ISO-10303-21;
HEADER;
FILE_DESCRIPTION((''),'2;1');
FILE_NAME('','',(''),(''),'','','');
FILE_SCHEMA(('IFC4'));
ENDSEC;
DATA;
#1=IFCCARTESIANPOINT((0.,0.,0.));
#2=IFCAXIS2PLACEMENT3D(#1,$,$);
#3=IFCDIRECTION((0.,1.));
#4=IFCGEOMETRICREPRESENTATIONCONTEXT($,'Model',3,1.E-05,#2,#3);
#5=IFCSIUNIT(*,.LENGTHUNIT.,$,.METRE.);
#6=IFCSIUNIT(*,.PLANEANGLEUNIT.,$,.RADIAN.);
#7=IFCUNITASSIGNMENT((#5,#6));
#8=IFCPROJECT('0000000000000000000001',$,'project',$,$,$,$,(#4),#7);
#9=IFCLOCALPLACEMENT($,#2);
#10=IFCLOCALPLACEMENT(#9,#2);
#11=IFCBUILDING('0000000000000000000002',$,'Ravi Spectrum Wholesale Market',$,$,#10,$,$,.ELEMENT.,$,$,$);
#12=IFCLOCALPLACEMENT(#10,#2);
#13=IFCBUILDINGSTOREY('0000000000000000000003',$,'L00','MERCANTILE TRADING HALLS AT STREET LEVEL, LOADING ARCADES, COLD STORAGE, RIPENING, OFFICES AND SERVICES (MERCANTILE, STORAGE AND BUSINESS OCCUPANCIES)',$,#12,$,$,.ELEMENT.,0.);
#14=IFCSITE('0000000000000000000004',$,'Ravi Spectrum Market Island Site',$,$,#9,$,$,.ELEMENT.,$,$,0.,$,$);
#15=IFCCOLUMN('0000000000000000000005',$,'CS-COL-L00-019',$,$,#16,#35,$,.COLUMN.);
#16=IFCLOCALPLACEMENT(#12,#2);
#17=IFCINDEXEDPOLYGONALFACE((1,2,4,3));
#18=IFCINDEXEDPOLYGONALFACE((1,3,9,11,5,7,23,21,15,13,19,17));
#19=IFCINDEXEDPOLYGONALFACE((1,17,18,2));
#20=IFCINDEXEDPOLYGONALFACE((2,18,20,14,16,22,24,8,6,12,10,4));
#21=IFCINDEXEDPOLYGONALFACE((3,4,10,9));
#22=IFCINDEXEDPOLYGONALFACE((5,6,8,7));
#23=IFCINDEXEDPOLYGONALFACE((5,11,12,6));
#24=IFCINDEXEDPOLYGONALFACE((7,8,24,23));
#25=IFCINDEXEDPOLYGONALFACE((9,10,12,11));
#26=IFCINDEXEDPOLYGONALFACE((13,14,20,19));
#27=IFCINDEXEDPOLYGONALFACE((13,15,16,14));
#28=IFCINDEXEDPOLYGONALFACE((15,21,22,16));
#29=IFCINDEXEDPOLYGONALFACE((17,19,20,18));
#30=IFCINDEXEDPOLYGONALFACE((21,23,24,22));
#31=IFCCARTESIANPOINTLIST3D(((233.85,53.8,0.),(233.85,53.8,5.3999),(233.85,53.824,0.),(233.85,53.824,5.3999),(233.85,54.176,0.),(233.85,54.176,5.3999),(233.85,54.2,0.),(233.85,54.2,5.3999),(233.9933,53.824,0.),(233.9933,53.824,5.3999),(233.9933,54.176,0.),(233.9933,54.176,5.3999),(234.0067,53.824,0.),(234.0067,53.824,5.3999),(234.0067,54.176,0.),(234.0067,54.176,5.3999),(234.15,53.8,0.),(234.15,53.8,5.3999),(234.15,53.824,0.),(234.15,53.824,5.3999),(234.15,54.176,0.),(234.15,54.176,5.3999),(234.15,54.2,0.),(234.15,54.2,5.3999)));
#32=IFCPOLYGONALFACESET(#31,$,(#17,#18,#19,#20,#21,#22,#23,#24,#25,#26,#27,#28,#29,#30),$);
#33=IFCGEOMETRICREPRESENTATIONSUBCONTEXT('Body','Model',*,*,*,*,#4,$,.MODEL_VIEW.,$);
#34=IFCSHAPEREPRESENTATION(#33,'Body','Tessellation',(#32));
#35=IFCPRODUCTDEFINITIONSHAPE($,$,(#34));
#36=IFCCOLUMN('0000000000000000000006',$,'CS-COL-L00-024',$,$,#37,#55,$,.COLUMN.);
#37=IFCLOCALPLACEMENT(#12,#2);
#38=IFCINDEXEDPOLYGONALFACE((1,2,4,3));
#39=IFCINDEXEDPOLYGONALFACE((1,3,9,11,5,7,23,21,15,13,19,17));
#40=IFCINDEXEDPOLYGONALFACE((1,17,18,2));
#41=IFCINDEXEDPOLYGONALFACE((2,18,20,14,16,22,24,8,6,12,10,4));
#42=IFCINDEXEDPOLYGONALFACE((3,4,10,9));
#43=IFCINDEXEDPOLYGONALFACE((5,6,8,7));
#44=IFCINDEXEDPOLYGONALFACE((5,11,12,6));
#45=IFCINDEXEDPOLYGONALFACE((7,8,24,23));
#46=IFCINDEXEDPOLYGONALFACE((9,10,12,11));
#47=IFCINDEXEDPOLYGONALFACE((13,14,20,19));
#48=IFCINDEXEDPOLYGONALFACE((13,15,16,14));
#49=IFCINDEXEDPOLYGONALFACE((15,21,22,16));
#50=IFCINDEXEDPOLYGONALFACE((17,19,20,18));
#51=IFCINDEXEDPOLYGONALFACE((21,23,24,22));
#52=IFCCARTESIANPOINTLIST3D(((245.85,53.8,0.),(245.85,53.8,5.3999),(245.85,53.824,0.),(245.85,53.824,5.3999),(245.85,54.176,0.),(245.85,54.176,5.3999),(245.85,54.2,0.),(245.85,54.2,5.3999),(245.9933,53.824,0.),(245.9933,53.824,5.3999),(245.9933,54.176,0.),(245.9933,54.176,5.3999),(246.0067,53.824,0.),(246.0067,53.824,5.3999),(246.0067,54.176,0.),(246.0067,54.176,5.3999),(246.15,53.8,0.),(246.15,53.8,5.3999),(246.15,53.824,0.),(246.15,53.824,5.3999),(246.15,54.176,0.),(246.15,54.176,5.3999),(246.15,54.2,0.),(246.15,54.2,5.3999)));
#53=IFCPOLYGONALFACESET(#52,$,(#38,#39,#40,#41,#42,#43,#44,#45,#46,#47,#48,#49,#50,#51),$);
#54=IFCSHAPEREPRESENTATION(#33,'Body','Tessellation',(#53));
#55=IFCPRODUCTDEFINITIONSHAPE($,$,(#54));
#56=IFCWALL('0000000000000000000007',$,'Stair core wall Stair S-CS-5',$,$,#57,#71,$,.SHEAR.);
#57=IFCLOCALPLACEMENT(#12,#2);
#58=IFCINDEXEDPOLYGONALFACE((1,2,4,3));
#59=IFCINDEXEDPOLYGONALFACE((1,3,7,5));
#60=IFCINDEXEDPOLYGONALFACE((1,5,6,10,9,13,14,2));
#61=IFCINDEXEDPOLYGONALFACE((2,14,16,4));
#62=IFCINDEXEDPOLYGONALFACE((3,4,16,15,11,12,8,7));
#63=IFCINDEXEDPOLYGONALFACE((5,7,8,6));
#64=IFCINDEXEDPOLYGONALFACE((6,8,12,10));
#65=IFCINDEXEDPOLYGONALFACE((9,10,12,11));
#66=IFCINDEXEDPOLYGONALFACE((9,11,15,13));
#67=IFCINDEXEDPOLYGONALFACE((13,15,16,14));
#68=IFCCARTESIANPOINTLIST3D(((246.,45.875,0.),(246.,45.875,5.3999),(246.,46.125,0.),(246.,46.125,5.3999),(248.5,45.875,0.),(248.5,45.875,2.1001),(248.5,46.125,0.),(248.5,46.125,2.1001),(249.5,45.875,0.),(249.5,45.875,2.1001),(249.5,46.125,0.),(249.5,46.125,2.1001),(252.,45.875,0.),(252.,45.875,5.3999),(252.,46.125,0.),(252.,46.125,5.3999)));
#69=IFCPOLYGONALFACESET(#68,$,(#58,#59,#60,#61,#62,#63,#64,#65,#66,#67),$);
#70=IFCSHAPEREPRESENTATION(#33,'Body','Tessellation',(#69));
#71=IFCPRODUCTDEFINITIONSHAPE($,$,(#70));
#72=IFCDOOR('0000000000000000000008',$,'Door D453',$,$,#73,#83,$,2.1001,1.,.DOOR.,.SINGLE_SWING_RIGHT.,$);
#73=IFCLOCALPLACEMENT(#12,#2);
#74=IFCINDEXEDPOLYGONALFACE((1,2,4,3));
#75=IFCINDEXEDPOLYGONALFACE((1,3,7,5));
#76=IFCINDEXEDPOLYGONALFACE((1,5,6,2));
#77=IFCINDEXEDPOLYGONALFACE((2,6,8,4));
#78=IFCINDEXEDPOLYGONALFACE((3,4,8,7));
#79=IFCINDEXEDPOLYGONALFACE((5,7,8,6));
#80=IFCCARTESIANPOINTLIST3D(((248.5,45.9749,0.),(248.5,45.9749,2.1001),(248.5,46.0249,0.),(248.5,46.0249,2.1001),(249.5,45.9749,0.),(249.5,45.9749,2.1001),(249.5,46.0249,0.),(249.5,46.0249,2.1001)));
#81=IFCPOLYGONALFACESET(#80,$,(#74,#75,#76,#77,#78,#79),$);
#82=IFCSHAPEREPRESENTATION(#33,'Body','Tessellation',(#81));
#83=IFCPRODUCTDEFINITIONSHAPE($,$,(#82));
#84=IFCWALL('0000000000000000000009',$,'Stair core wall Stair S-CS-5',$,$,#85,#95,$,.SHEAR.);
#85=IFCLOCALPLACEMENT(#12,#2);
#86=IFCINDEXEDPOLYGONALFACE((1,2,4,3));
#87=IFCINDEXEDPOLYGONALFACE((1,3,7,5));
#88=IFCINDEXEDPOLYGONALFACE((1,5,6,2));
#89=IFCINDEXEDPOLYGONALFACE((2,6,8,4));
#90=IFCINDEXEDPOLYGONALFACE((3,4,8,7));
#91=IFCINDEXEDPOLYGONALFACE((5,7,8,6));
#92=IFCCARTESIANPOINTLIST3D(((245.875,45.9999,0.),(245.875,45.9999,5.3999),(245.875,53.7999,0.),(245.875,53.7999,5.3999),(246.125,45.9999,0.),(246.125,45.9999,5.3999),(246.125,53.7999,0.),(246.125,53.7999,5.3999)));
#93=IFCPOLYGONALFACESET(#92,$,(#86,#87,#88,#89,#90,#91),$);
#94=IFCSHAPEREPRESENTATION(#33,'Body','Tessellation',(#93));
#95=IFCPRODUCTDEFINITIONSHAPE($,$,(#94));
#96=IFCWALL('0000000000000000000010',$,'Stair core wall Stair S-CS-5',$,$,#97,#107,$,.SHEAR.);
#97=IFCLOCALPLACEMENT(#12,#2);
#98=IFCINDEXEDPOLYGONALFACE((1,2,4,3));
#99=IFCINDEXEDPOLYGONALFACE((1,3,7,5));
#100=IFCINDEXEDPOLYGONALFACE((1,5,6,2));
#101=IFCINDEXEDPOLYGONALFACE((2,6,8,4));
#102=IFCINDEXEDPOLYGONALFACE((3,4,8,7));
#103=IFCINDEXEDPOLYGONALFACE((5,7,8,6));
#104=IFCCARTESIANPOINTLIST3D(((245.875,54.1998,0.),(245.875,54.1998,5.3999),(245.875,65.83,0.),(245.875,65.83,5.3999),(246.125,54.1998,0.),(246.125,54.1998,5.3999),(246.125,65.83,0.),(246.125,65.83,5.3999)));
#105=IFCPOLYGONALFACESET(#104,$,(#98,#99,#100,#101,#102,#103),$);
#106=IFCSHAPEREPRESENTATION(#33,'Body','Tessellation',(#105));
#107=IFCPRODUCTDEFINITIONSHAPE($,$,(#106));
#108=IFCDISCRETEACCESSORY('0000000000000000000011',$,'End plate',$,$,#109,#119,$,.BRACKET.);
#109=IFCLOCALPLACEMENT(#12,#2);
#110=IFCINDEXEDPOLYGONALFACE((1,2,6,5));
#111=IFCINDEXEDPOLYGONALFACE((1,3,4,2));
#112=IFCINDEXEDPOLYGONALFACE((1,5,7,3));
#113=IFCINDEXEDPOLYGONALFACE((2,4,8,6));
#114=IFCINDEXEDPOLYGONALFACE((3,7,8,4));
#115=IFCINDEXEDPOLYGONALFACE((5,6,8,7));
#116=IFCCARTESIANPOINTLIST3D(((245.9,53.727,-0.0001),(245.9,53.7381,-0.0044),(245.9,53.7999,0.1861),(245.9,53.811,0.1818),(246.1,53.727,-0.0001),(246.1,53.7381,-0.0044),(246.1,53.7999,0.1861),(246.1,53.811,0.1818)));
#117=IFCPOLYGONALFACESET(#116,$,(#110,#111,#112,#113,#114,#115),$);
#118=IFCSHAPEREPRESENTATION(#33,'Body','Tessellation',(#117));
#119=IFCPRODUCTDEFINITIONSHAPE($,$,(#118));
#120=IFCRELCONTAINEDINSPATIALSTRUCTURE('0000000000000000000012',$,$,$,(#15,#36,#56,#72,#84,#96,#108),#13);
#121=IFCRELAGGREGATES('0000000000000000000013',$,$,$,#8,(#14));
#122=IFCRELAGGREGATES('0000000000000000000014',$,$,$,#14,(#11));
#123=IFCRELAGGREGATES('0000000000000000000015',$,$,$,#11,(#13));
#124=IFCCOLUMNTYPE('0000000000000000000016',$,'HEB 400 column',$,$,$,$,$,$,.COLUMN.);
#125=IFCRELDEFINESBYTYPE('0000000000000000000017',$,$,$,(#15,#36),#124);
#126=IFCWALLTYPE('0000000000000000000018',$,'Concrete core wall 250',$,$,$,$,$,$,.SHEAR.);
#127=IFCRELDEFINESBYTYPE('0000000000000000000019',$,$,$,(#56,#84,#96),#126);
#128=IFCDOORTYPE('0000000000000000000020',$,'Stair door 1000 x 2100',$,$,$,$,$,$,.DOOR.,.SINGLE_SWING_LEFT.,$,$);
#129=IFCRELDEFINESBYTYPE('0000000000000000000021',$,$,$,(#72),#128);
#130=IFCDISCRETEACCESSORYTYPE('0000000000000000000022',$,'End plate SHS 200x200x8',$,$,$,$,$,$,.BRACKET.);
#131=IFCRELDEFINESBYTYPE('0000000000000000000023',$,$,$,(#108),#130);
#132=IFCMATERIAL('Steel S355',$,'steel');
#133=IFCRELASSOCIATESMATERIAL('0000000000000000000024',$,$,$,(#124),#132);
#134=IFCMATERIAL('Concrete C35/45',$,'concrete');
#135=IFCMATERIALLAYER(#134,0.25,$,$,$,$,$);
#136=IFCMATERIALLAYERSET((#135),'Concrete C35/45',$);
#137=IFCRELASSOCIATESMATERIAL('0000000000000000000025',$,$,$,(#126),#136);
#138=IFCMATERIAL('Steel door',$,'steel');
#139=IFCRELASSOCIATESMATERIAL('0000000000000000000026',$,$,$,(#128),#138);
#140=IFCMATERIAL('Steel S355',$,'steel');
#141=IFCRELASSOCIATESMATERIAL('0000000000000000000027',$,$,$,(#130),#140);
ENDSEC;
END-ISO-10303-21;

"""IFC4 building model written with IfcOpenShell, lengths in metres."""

from ifc_helpers import new_model, si_unit, direction, frame, frame_2d, origin, origin_2d, place, context, subcontext, project, spatial, rectangle, i_section, extrude, material, layer, layer_set, material_profile, profile_set, type_object, element, fill, save


model = new_model("IFC4")

# Units and contexts
model_context = context("Model", 3, precision=1e-05, world=origin(), true_north=direction((0.0, 1.0)))
body_context = subcontext(model_context, "Body", "Model", "MODEL_VIEW")
ifc_project = project(units=[si_unit("LENGTHUNIT", "METRE"), si_unit("PLANEANGLEUNIT", "RADIAN")], contexts=[model_context])

# Site, building, storey
site_placement = place(None, origin())
site = spatial("IfcSite", under=ifc_project, at=site_placement, Name="Ravi Spectrum Market Island Site", CompositionType="ELEMENT", RefElevation=0.0)
building_placement = place(site_placement, origin())
building = spatial("IfcBuilding", under=site, at=building_placement, Name="Ravi Spectrum Wholesale Market", CompositionType="ELEMENT")
storey_placement = place(building_placement, origin())
storey = spatial("IfcBuildingStorey", under=building, at=storey_placement, Name="L00", Description="MERCANTILE TRADING HALLS AT STREET LEVEL, LOADING ARCADES, COLD STORAGE, RIPENING, OFFICES AND SERVICES (MERCANTILE, STORAGE AND BUSINESS OCCUPANCIES)", CompositionType="ELEMENT", Elevation=0.0)

# Columns
ifc_material_1 = material(Name="Steel S355", Category="steel")
ifc_material_profile_1 = material_profile(ifc_material_1, i_section(OverallWidth=0.3, OverallDepth=0.3999, WebThickness=0.0134, FlangeThickness=0.0239, at=origin_2d()))
ifc_profile_set_1 = profile_set([ifc_material_profile_1], Name="Steel S355")
column_type = type_object("IfcColumnType", Name="HEB 400 column", PredefinedType="COLUMN", material=ifc_profile_set_1)
for number, where, z_axis, x_axis, name in (
    (1, (234.0, 54.0, 0.0), (0.0, 0.0, 1.0), (1.0, 0.0, 0.0), "CS-COL-L00-019"),
    (2, (246.0, 54.0, 0.0), (0.0, 0.0, 1.0), (1.0, 0.0, 0.0), "CS-COL-L00-024"),
):
    element("IfcColumn", number, at=place(storey_placement, frame(where, z_axis=z_axis, x_axis=x_axis)), inside=storey, type_object=column_type, Name=name, PredefinedType="COLUMN", context=body_context, shape_type="SweptSolid", body=[
        extrude(i_section(OverallWidth=0.3, OverallDepth=0.3999, WebThickness=0.0134, FlangeThickness=0.0239, at=origin_2d()), origin(), (0.0, 0.0, 1.0), 5.3999),
    ])

# Wall, opening, door
ifc_material_2 = material(Name="Concrete C35/45", Category="concrete")
ifc_layer = layer(ifc_material_2, 0.25)
ifc_layer_set = layer_set([ifc_layer], Name="Concrete C35/45")
wall_type = type_object("IfcWallType", Name="Concrete core wall 250", PredefinedType="SHEAR", material=ifc_layer_set)
wall_1_placement = place(storey_placement, frame((246.0, 46.0, 0.0), z_axis=(0.0, 0.0, 1.0), x_axis=(1.0, 0.0, 0.0)))
wall_1 = element("IfcWall", 3, at=wall_1_placement, inside=storey, type_object=wall_type, Name="Stair core wall Stair S-CS-5", PredefinedType="SHEAR", context=body_context, shape_type="SweptSolid", body=[
    extrude(rectangle(XDim=6.0, YDim=0.25, at=frame_2d((3.0, 0.0))), origin(), (0.0, 0.0, 1.0), 5.3999),
])
opening_placement = place(wall_1_placement, frame((2.5, 0.0, 0.0)))
opening = element("IfcOpeningElement", 4, at=opening_placement, cuts=wall_1, PredefinedType="OPENING", context=body_context, shape_type="SweptSolid", body=[
    extrude(rectangle(XDim=1.0, YDim=2.1001, at=frame_2d((0.5, 1.05))), frame((0.0, 0.135, 0.0), z_axis=(0.0, -1.0, 0.0), x_axis=(1.0, 0.0, 0.0)), (0.0, 0.0, 1.0), 0.27),
])
ifc_material_3 = material(Name="Steel door", Category="steel")
door_type = type_object("IfcDoorType", Name="Stair door 1000 x 2100", OperationType="SINGLE_SWING_LEFT", PredefinedType="DOOR", material=ifc_material_3)
door_placement = place(opening_placement, origin())
door = element("IfcDoor", 5, at=door_placement, inside=storey, type_object=door_type, Name="Door D453", OperationType="SINGLE_SWING_RIGHT", OverallHeight=2.1001, OverallWidth=1.0, PredefinedType="DOOR", context=body_context, shape_type="SweptSolid", body=[
    extrude(rectangle(XDim=1.0, YDim=2.1001, at=frame_2d((0.5, 1.05))), frame((0.0, 0.0249, 0.0), z_axis=(0.0, -1.0, 0.0), x_axis=(1.0, 0.0, 0.0)), (0.0, 0.0, 1.0), 0.05),
])
fill(opening, door)

# Walls
wall_2_placement = place(storey_placement, frame((246.0, 46.0, 0.0), z_axis=(0.0, 0.0, 1.0), x_axis=(0.0, 1.0, 0.0)))
element("IfcWall", 6, at=wall_2_placement, inside=storey, type_object=wall_type, Name="Stair core wall Stair S-CS-5", PredefinedType="SHEAR", context=body_context, shape_type="SweptSolid", body=[
    extrude(rectangle(XDim=7.8, YDim=0.25, at=frame_2d((3.8999, 0.0))), origin(), (0.0, 0.0, 1.0), 5.3999),
])
wall_3_placement = place(storey_placement, frame((246.0, 54.2, 0.0), z_axis=(0.0, 0.0, 1.0), x_axis=(0.0, 1.0, 0.0)))
element("IfcWall", 7, at=wall_3_placement, inside=storey, type_object=wall_type, Name="Stair core wall Stair S-CS-5", PredefinedType="SHEAR", context=body_context, shape_type="SweptSolid", body=[
    extrude(rectangle(XDim=11.6301, YDim=0.25, at=frame_2d((5.8149, 0.0))), origin(), (0.0, 0.0, 1.0), 5.3999),
])

# Discrete accessory
ifc_material_4 = material(Name="Steel S355", Category="steel")
ifc_material_profile_2 = material_profile(ifc_material_4, rectangle(XDim=0.2, YDim=0.2, at=origin_2d()))
ifc_profile_set_2 = profile_set([ifc_material_profile_2], Name="Steel S355")
discrete_accessory_type = type_object("IfcDiscreteAccessoryType", Name="End plate SHS 200x200x8", PredefinedType="BRACKET", material=ifc_profile_set_2)
discrete_accessory_placement = place(storey_placement, frame((246.0, 53.7634, 0.093), z_axis=(0.0, 0.931243, -0.364399), x_axis=(-1.0, 0.0, 0.0)))
element("IfcDiscreteAccessory", 8, at=discrete_accessory_placement, inside=storey, type_object=discrete_accessory_type, Name="End plate", PredefinedType="BRACKET", context=body_context, shape_type="SweptSolid", body=[
    extrude(rectangle(XDim=0.2, YDim=0.2, at=origin_2d()), origin(), (0.0, 0.0, 1.0), 0.012),
])

save(model, "model.ifc")
